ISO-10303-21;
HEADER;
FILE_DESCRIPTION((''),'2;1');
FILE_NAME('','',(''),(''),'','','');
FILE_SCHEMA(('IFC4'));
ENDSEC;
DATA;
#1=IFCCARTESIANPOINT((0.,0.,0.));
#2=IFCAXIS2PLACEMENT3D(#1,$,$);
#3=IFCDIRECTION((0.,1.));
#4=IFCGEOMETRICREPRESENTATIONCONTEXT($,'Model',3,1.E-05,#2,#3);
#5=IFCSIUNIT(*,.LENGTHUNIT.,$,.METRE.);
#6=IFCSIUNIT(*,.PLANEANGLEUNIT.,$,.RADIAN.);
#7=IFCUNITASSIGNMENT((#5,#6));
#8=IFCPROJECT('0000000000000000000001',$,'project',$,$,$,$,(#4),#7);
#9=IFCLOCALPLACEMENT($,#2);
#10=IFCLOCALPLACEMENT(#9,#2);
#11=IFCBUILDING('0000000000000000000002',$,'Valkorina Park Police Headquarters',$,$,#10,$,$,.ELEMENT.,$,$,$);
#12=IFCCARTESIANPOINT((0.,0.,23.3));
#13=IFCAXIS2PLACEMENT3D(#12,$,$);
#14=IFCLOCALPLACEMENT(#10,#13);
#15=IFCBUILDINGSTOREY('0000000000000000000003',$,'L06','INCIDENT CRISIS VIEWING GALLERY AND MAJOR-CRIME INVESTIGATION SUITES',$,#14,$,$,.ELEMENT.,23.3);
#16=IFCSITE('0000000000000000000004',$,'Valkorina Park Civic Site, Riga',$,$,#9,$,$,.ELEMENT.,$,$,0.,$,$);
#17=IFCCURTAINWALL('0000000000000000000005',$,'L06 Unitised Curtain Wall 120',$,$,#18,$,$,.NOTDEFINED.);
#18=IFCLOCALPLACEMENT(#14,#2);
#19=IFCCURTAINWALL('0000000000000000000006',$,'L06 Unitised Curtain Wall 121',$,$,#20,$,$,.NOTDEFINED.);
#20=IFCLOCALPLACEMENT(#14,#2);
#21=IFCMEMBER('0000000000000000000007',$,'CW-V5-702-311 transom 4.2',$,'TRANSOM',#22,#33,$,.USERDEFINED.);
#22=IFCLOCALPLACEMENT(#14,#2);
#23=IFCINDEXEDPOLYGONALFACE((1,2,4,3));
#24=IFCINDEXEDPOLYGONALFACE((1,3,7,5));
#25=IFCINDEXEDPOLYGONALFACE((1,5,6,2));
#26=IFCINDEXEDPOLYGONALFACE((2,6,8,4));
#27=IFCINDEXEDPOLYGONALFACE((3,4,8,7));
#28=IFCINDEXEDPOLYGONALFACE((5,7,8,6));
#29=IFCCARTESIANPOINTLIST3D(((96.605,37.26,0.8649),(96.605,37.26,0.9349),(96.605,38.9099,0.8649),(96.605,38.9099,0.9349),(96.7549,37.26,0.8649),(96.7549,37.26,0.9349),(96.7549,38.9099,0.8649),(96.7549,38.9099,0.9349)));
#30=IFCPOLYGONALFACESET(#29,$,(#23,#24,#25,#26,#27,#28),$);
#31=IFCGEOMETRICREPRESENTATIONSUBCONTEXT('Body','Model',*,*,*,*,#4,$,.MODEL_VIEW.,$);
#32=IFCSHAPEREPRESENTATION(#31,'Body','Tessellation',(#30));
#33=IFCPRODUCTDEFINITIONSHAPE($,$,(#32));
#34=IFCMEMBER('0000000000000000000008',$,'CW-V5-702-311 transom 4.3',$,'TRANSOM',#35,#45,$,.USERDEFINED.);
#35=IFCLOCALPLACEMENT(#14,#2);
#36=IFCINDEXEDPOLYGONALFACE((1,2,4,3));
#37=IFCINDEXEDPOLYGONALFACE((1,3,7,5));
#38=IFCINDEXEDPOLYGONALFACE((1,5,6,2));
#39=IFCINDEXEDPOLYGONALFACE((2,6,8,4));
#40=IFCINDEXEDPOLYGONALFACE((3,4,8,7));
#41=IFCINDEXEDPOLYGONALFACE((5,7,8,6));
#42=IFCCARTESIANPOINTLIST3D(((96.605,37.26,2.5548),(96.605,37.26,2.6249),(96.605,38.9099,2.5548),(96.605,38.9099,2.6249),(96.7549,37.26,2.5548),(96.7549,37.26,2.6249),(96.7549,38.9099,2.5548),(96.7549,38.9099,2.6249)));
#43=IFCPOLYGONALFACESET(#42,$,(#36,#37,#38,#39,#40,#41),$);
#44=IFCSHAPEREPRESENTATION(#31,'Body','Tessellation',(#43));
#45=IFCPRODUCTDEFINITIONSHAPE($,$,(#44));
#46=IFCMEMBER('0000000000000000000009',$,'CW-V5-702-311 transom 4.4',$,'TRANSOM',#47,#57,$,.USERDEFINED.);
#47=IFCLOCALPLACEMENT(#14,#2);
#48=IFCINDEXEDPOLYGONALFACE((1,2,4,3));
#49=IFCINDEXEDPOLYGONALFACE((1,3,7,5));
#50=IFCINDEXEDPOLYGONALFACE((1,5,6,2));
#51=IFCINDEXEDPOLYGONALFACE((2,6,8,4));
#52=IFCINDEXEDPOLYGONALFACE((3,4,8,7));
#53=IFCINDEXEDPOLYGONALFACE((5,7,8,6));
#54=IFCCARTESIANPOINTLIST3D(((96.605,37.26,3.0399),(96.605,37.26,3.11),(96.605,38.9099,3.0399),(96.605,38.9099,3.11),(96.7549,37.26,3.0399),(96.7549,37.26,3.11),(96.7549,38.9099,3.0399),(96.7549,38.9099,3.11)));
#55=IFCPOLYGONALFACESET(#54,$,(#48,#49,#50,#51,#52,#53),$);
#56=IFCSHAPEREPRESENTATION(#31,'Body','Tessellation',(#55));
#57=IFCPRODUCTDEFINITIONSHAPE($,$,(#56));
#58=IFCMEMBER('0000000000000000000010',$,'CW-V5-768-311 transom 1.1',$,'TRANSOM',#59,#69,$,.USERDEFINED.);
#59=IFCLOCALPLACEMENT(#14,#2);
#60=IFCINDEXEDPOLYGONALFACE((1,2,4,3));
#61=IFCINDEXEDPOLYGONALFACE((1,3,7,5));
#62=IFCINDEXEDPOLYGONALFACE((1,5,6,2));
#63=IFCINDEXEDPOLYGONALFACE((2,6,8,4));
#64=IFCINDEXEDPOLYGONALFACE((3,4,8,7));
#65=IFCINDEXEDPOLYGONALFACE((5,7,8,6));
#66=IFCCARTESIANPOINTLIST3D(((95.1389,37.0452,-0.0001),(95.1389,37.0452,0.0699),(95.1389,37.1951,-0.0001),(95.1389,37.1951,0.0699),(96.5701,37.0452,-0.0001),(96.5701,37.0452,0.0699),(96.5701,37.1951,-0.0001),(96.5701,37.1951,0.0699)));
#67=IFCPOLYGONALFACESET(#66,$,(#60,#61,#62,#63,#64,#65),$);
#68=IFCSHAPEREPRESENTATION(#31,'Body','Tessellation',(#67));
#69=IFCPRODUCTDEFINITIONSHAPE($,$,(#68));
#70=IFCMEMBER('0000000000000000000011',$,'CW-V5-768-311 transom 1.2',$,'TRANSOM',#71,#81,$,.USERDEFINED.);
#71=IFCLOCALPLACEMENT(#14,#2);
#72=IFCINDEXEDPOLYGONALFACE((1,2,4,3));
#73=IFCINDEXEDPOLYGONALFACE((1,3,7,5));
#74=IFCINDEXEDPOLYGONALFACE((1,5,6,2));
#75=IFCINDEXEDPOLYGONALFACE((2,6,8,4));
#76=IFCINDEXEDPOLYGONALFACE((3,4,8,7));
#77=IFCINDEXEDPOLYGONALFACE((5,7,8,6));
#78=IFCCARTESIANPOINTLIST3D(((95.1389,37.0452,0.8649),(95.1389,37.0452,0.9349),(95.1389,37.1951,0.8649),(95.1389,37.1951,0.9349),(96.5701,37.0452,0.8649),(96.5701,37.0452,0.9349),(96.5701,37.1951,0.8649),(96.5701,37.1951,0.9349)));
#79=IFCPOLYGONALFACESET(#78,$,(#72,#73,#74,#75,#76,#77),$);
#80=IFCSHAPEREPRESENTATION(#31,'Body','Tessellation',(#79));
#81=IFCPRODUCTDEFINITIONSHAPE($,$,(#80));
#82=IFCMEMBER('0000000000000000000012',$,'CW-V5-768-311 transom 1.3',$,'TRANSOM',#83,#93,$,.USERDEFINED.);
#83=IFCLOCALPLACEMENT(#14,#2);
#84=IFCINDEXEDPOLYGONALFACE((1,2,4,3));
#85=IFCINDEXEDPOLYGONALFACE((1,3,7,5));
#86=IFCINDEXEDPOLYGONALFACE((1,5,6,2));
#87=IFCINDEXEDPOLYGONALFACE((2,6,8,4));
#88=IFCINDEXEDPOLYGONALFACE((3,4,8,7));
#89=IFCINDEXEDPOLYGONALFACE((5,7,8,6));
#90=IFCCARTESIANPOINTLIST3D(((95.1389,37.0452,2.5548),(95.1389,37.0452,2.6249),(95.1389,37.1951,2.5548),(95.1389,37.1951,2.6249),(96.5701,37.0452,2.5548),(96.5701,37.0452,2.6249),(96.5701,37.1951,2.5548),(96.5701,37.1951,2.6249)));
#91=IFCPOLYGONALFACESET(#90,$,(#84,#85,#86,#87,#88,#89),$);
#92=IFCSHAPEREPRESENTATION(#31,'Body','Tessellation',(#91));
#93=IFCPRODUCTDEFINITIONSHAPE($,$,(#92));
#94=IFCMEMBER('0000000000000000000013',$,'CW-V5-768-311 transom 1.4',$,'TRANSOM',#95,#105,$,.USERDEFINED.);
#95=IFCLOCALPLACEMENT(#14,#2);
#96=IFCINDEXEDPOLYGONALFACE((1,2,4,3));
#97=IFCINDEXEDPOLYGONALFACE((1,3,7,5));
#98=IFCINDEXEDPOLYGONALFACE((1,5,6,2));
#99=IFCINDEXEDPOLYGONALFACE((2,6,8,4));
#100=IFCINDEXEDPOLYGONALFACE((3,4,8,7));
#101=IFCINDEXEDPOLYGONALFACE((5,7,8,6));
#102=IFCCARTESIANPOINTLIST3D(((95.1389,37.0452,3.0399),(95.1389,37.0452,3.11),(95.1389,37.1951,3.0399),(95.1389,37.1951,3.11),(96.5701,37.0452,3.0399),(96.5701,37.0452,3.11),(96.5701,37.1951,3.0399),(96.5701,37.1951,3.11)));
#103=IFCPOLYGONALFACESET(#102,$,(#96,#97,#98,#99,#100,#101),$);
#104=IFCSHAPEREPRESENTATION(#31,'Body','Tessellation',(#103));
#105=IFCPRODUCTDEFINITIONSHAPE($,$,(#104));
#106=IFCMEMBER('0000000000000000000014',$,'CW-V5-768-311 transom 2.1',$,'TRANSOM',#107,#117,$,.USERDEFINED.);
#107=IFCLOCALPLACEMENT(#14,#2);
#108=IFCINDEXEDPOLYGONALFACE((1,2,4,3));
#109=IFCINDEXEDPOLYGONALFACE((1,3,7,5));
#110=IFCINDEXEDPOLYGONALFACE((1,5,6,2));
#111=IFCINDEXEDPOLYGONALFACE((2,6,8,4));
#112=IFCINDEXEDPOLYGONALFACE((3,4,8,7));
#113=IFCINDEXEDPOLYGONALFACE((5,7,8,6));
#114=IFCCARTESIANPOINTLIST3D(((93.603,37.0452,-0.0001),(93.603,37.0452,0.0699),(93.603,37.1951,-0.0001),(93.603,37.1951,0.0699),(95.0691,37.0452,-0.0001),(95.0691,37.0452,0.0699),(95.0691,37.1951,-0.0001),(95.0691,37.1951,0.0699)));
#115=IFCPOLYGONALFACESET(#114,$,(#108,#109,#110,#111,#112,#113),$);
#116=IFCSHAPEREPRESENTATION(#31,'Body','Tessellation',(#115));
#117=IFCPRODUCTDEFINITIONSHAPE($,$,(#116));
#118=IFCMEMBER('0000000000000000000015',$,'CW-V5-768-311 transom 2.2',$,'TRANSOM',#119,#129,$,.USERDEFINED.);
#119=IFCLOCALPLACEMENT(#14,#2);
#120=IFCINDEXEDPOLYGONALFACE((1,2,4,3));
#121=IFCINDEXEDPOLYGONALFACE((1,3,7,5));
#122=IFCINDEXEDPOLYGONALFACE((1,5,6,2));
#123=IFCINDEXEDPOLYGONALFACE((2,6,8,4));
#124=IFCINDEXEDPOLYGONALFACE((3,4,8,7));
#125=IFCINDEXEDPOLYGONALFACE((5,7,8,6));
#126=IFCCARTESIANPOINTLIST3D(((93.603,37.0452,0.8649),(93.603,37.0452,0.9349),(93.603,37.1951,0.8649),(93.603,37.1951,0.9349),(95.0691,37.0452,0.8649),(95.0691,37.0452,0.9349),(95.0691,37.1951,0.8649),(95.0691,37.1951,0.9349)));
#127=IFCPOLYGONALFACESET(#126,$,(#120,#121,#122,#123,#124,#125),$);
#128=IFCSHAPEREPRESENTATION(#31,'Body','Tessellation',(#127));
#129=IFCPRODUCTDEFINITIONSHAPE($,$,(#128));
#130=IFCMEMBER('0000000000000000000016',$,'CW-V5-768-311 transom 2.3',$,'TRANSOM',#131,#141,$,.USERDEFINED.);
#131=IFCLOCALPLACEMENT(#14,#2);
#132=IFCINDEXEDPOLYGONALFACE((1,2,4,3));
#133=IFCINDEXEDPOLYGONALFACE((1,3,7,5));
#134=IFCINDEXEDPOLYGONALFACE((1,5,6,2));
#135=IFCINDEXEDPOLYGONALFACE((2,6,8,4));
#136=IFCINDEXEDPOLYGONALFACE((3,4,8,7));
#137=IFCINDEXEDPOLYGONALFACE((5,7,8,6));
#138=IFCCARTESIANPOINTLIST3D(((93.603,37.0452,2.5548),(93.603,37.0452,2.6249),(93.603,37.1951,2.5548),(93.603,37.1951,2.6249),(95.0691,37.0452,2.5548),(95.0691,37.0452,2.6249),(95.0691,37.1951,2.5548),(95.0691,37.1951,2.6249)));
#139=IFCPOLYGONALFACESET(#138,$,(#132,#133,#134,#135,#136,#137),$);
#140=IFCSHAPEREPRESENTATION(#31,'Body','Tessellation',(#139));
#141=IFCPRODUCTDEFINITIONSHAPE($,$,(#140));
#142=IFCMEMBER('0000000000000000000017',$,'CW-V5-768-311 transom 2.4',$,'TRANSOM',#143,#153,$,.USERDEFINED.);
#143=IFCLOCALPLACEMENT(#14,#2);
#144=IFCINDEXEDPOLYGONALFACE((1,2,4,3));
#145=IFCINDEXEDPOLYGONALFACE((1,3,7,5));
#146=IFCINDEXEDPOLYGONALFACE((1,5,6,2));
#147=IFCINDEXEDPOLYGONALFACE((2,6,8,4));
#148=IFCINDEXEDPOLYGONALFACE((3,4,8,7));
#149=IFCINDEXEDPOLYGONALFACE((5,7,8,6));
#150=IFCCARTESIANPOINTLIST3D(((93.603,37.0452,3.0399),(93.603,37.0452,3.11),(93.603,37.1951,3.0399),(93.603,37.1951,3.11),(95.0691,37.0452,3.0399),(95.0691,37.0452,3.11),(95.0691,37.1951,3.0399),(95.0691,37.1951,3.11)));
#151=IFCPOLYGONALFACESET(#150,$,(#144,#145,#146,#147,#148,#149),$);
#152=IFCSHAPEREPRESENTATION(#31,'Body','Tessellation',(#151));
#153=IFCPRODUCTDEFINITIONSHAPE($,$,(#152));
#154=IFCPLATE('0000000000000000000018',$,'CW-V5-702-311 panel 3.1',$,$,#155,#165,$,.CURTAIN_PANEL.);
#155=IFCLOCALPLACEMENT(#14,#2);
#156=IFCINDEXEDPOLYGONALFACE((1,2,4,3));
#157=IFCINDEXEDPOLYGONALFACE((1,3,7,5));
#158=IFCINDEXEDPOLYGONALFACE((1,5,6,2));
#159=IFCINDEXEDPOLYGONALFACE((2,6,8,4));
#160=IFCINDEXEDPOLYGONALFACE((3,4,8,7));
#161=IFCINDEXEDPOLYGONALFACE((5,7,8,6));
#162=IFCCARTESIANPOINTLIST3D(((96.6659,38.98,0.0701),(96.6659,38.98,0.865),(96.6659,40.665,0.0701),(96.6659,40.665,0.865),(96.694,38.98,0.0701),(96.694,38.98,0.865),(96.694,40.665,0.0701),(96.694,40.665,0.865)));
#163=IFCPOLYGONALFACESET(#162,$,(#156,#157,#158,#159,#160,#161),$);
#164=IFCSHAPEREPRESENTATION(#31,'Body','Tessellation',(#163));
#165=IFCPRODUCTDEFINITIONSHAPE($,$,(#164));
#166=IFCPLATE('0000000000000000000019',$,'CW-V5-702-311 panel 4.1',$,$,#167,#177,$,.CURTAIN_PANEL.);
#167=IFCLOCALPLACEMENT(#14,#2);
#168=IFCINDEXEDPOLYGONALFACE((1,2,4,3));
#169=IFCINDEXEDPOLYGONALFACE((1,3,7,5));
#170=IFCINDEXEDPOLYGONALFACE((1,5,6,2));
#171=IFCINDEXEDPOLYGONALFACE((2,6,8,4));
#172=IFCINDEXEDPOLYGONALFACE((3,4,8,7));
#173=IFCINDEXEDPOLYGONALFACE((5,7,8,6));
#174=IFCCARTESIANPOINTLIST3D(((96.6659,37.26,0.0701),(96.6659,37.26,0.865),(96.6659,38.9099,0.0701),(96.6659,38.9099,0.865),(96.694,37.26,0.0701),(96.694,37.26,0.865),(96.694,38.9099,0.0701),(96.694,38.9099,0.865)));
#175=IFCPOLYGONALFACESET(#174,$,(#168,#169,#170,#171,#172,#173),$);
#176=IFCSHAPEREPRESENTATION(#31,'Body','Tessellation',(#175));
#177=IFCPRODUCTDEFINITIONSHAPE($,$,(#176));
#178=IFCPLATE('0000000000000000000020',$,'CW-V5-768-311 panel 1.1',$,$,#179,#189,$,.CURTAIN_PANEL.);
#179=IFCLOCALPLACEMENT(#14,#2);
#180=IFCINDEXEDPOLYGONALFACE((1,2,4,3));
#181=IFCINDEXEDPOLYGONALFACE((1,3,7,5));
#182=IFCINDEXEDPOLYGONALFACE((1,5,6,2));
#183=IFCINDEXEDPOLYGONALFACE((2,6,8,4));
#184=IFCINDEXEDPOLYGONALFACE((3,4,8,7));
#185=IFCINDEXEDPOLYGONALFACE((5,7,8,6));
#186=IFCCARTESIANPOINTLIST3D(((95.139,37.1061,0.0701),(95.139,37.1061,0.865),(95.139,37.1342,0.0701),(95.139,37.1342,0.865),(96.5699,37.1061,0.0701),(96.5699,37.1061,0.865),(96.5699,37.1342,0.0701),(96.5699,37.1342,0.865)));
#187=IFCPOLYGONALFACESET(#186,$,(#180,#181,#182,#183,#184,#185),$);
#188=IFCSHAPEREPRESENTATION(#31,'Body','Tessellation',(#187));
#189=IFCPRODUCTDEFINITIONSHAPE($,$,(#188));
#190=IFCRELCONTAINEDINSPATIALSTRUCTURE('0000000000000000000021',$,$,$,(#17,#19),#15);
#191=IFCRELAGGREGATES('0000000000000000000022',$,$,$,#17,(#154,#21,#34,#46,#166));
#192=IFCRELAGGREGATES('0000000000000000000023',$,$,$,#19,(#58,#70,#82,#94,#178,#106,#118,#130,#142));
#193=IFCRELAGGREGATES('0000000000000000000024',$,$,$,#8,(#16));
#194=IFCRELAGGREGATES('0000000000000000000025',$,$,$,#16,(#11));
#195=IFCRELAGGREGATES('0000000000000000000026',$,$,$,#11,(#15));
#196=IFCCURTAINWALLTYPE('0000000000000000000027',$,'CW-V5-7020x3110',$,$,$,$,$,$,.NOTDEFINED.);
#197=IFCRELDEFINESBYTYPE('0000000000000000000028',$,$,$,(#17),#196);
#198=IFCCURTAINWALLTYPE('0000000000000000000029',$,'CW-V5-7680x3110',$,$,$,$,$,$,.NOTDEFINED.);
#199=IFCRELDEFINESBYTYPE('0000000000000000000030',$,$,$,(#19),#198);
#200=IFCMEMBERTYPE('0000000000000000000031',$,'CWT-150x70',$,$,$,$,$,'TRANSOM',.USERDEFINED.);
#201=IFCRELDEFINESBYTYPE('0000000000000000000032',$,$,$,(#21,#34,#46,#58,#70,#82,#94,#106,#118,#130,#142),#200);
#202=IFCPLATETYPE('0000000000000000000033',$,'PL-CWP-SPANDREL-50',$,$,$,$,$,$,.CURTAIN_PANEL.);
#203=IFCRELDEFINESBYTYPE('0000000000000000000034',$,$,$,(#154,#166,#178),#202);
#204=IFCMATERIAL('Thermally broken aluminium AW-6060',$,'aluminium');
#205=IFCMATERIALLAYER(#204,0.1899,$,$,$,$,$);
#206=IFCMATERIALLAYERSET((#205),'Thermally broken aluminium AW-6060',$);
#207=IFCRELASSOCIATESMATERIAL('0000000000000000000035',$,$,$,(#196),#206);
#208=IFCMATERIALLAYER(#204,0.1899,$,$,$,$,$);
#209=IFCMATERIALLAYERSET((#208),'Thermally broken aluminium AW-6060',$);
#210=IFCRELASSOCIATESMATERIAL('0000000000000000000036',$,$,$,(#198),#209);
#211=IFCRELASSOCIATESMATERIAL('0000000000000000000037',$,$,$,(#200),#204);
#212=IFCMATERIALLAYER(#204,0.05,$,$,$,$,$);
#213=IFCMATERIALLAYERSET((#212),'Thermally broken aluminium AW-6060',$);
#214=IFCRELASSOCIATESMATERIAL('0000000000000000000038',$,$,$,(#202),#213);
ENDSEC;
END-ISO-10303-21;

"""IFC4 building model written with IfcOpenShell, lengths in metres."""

from ifc_helpers import new_model, si_unit, direction, frame, origin, origin_2d, place, context, subcontext, project, spatial, rectangle, extrude, material, layer, layer_set, material_profile, profile_set, type_object, element, aggregate, save


model = new_model("IFC4")

# Units and contexts
model_context = context("Model", 3, precision=1e-05, world=origin(), true_north=direction((0.0, 1.0)))
body_context = subcontext(model_context, "Body", "Model", "MODEL_VIEW")
ifc_project = project(units=[si_unit("LENGTHUNIT", "METRE"), si_unit("PLANEANGLEUNIT", "RADIAN")], contexts=[model_context])

# Site, building, storey
site_placement = place(None, origin())
site = spatial("IfcSite", under=ifc_project, at=site_placement, Name="Valkorina Park Civic Site, Riga", CompositionType="ELEMENT", RefElevation=0.0)
building_placement = place(site_placement, origin())
building = spatial("IfcBuilding", under=site, at=building_placement, Name="Valkorina Park Police Headquarters", CompositionType="ELEMENT")
storey_placement = place(building_placement, frame((0.0, 0.0, 23.3)))
storey = spatial("IfcBuildingStorey", under=building, at=storey_placement, Name="L06", Description="INCIDENT CRISIS VIEWING GALLERY AND MAJOR-CRIME INVESTIGATION SUITES", CompositionType="ELEMENT", Elevation=23.3)

# Curtain walls
ifc_material_1 = material(Name="Thermally broken aluminium AW-6060", Category="aluminium")
ifc_layer_1 = layer(ifc_material_1, 0.1899)
ifc_layer_set_1 = layer_set([ifc_layer_1], Name="Thermally broken aluminium AW-6060")
curtain_wall_type_1 = type_object("IfcCurtainWallType", Name="CW-V5-7020x3110", PredefinedType="NOTDEFINED", material=ifc_layer_set_1)
curtain_wall_1_placement = place(storey_placement, origin())
curtain_wall_1 = element("IfcCurtainWall", 1, at=curtain_wall_1_placement, inside=storey, type_object=curtain_wall_type_1, Name="L06 Unitised Curtain Wall 120", PredefinedType="NOTDEFINED")
ifc_layer_2 = layer(ifc_material_1, 0.1899)
ifc_layer_set_2 = layer_set([ifc_layer_2], Name="Thermally broken aluminium AW-6060")
curtain_wall_type_2 = type_object("IfcCurtainWallType", Name="CW-V5-7680x3110", PredefinedType="NOTDEFINED", material=ifc_layer_set_2)
curtain_wall_2_placement = place(storey_placement, origin())
curtain_wall_2 = element("IfcCurtainWall", 2, at=curtain_wall_2_placement, inside=storey, type_object=curtain_wall_type_2, Name="L06 Unitised Curtain Wall 121", PredefinedType="NOTDEFINED")

# Members
ifc_material_profile_1 = material_profile(ifc_material_1, rectangle(XDim=0.1499, YDim=0.0701, at=origin_2d()), Name="CWT-02 150x70")
ifc_profile_set_1 = profile_set([ifc_material_profile_1], Name="Thermally broken aluminium AW-6060")
member_type_1 = type_object("IfcMemberType", Name="CWT-150x70", ElementType="TRANSOM", PredefinedType="USERDEFINED", material=ifc_profile_set_1)
member_1_placement = place(storey_placement, frame((96.6799, 38.9099, 0.8999), z_axis=(0.0, -1.0, 0.0), x_axis=(1.0, 0.0, 0.0)))
member_1 = element("IfcMember", 3, at=member_1_placement, type_object=member_type_1, Name="CW-V5-702-311 transom 4.2", ObjectType="TRANSOM", PredefinedType="USERDEFINED", context=body_context, shape_type="SweptSolid", body=[
    extrude(rectangle(XDim=0.1499, YDim=0.0701, at=origin_2d()), origin(), (0.0, 0.0, 1.0), 1.6499),
])
member_2_placement = place(storey_placement, frame((96.6799, 38.9099, 2.5898), z_axis=(0.0, -1.0, 0.0), x_axis=(1.0, 0.0, 0.0)))
member_2 = element("IfcMember", 4, at=member_2_placement, type_object=member_type_1, Name="CW-V5-702-311 transom 4.3", ObjectType="TRANSOM", PredefinedType="USERDEFINED", context=body_context, shape_type="SweptSolid", body=[
    extrude(rectangle(XDim=0.1499, YDim=0.0701, at=origin_2d()), origin(), (0.0, 0.0, 1.0), 1.6499),
])
member_3_placement = place(storey_placement, frame((96.6799, 38.9099, 3.075), z_axis=(0.0, -1.0, 0.0), x_axis=(1.0, 0.0, 0.0)))
member_3 = element("IfcMember", 5, at=member_3_placement, type_object=member_type_1, Name="CW-V5-702-311 transom 4.4", ObjectType="TRANSOM", PredefinedType="USERDEFINED", context=body_context, shape_type="SweptSolid", body=[
    extrude(rectangle(XDim=0.1499, YDim=0.0701, at=origin_2d()), origin(), (0.0, 0.0, 1.0), 1.6499),
])
member_4_placement = place(storey_placement, frame((96.5701, 37.1201, 0.0349), z_axis=(-1.0, 0.0, 0.0), x_axis=(0.0, -1.0, 0.0)))
member_4 = element("IfcMember", 6, at=member_4_placement, type_object=member_type_1, Name="CW-V5-768-311 transom 1.1", ObjectType="TRANSOM", PredefinedType="USERDEFINED", context=body_context, shape_type="SweptSolid", body=[
    extrude(rectangle(XDim=0.1499, YDim=0.0701, at=origin_2d()), origin(), (0.0, 0.0, 1.0), 1.4312),
])
member_5_placement = place(storey_placement, frame((96.5701, 37.1201, 0.8999), z_axis=(-1.0, 0.0, 0.0), x_axis=(0.0, -1.0, 0.0)))
member_5 = element("IfcMember", 7, at=member_5_placement, type_object=member_type_1, Name="CW-V5-768-311 transom 1.2", ObjectType="TRANSOM", PredefinedType="USERDEFINED", context=body_context, shape_type="SweptSolid", body=[
    extrude(rectangle(XDim=0.1499, YDim=0.0701, at=origin_2d()), origin(), (0.0, 0.0, 1.0), 1.4312),
])
member_6_placement = place(storey_placement, frame((96.5701, 37.1201, 2.5898), z_axis=(-1.0, 0.0, 0.0), x_axis=(0.0, -1.0, 0.0)))
member_6 = element("IfcMember", 8, at=member_6_placement, type_object=member_type_1, Name="CW-V5-768-311 transom 1.3", ObjectType="TRANSOM", PredefinedType="USERDEFINED", context=body_context, shape_type="SweptSolid", body=[
    extrude(rectangle(XDim=0.1499, YDim=0.0701, at=origin_2d()), origin(), (0.0, 0.0, 1.0), 1.4312),
])
member_7_placement = place(storey_placement, frame((96.5701, 37.1201, 3.075), z_axis=(-1.0, 0.0, 0.0), x_axis=(0.0, -1.0, 0.0)))
member_7 = element("IfcMember", 9, at=member_7_placement, type_object=member_type_1, Name="CW-V5-768-311 transom 1.4", ObjectType="TRANSOM", PredefinedType="USERDEFINED", context=body_context, shape_type="SweptSolid", body=[
    extrude(rectangle(XDim=0.1499, YDim=0.0701, at=origin_2d()), origin(), (0.0, 0.0, 1.0), 1.4312),
])
member_8_placement = place(storey_placement, frame((95.0691, 37.1201, 0.0349), z_axis=(-1.0, 0.0, 0.0), x_axis=(0.0, -1.0, 0.0)))
member_8 = element("IfcMember", 10, at=member_8_placement, type_object=member_type_1, Name="CW-V5-768-311 transom 2.1", ObjectType="TRANSOM", PredefinedType="USERDEFINED", context=body_context, shape_type="SweptSolid", body=[
    extrude(rectangle(XDim=0.1499, YDim=0.0701, at=origin_2d()), origin(), (0.0, 0.0, 1.0), 1.4661),
])
member_9_placement = place(storey_placement, frame((95.0691, 37.1201, 0.8999), z_axis=(-1.0, 0.0, 0.0), x_axis=(0.0, -1.0, 0.0)))
member_9 = element("IfcMember", 11, at=member_9_placement, type_object=member_type_1, Name="CW-V5-768-311 transom 2.2", ObjectType="TRANSOM", PredefinedType="USERDEFINED", context=body_context, shape_type="SweptSolid", body=[
    extrude(rectangle(XDim=0.1499, YDim=0.0701, at=origin_2d()), origin(), (0.0, 0.0, 1.0), 1.4661),
])
member_10_placement = place(storey_placement, frame((95.0691, 37.1201, 2.5898), z_axis=(-1.0, 0.0, 0.0), x_axis=(0.0, -1.0, 0.0)))
member_10 = element("IfcMember", 12, at=member_10_placement, type_object=member_type_1, Name="CW-V5-768-311 transom 2.3", ObjectType="TRANSOM", PredefinedType="USERDEFINED", context=body_context, shape_type="SweptSolid", body=[
    extrude(rectangle(XDim=0.1499, YDim=0.0701, at=origin_2d()), origin(), (0.0, 0.0, 1.0), 1.4661),
])
member_11_placement = place(storey_placement, frame((95.0691, 37.1201, 3.075), z_axis=(-1.0, 0.0, 0.0), x_axis=(0.0, -1.0, 0.0)))
member_11 = element("IfcMember", 13, at=member_11_placement, type_object=member_type_1, Name="CW-V5-768-311 transom 2.4", ObjectType="TRANSOM", PredefinedType="USERDEFINED", context=body_context, shape_type="SweptSolid", body=[
    extrude(rectangle(XDim=0.1499, YDim=0.0701, at=origin_2d()), origin(), (0.0, 0.0, 1.0), 1.4661),
])

# Plates
ifc_layer_3 = layer(ifc_material_1, 0.05)
ifc_layer_set_3 = layer_set([ifc_layer_3], Name="Thermally broken aluminium AW-6060")
plate_type_1 = type_object("IfcPlateType", Name="PL-CWP-SPANDREL-50", PredefinedType="CURTAIN_PANEL", material=ifc_layer_set_3)
plate_1_placement = place(storey_placement, frame((96.6799, 39.8225, 0.0701), z_axis=(0.0, 0.0, 1.0), x_axis=(0.0, -1.0, 0.0)))
plate_1 = element("IfcPlate", 14, at=plate_1_placement, type_object=plate_type_1, Name="CW-V5-702-311 panel 3.1", PredefinedType="CURTAIN_PANEL", context=body_context, shape_type="SweptSolid", body=[
    extrude(rectangle(XDim=1.6851, YDim=0.0281, at=origin_2d()), origin(), (0.0, 0.0, 1.0), 0.7949),
])
plate_2_placement = place(storey_placement, frame((96.6799, 38.085, 0.0701), z_axis=(0.0, 0.0, 1.0), x_axis=(0.0, -1.0, 0.0)))
plate_2 = element("IfcPlate", 15, at=plate_2_placement, type_object=plate_type_1, Name="CW-V5-702-311 panel 4.1", PredefinedType="CURTAIN_PANEL", context=body_context, shape_type="SweptSolid", body=[
    extrude(rectangle(XDim=1.6499, YDim=0.0281, at=origin_2d()), origin(), (0.0, 0.0, 1.0), 0.7949),
])
plate_3_placement = place(storey_placement, frame((95.8545, 37.1201, 0.0701), z_axis=(0.0, 0.0, 1.0), x_axis=(-1.0, 0.0, 0.0)))
plate_3 = element("IfcPlate", 16, at=plate_3_placement, type_object=plate_type_1, Name="CW-V5-768-311 panel 1.1", PredefinedType="CURTAIN_PANEL", context=body_context, shape_type="SweptSolid", body=[
    extrude(rectangle(XDim=1.4309, YDim=0.0281, at=origin_2d()), origin(), (0.0, 0.0, 1.0), 0.7949),
])
aggregate(curtain_wall_1, [plate_1, member_1, member_2, member_3, plate_2])
aggregate(curtain_wall_2, [member_4, member_5, member_6, member_7, plate_3, member_8, member_9, member_10, member_11])

save(model, "model.ifc")
